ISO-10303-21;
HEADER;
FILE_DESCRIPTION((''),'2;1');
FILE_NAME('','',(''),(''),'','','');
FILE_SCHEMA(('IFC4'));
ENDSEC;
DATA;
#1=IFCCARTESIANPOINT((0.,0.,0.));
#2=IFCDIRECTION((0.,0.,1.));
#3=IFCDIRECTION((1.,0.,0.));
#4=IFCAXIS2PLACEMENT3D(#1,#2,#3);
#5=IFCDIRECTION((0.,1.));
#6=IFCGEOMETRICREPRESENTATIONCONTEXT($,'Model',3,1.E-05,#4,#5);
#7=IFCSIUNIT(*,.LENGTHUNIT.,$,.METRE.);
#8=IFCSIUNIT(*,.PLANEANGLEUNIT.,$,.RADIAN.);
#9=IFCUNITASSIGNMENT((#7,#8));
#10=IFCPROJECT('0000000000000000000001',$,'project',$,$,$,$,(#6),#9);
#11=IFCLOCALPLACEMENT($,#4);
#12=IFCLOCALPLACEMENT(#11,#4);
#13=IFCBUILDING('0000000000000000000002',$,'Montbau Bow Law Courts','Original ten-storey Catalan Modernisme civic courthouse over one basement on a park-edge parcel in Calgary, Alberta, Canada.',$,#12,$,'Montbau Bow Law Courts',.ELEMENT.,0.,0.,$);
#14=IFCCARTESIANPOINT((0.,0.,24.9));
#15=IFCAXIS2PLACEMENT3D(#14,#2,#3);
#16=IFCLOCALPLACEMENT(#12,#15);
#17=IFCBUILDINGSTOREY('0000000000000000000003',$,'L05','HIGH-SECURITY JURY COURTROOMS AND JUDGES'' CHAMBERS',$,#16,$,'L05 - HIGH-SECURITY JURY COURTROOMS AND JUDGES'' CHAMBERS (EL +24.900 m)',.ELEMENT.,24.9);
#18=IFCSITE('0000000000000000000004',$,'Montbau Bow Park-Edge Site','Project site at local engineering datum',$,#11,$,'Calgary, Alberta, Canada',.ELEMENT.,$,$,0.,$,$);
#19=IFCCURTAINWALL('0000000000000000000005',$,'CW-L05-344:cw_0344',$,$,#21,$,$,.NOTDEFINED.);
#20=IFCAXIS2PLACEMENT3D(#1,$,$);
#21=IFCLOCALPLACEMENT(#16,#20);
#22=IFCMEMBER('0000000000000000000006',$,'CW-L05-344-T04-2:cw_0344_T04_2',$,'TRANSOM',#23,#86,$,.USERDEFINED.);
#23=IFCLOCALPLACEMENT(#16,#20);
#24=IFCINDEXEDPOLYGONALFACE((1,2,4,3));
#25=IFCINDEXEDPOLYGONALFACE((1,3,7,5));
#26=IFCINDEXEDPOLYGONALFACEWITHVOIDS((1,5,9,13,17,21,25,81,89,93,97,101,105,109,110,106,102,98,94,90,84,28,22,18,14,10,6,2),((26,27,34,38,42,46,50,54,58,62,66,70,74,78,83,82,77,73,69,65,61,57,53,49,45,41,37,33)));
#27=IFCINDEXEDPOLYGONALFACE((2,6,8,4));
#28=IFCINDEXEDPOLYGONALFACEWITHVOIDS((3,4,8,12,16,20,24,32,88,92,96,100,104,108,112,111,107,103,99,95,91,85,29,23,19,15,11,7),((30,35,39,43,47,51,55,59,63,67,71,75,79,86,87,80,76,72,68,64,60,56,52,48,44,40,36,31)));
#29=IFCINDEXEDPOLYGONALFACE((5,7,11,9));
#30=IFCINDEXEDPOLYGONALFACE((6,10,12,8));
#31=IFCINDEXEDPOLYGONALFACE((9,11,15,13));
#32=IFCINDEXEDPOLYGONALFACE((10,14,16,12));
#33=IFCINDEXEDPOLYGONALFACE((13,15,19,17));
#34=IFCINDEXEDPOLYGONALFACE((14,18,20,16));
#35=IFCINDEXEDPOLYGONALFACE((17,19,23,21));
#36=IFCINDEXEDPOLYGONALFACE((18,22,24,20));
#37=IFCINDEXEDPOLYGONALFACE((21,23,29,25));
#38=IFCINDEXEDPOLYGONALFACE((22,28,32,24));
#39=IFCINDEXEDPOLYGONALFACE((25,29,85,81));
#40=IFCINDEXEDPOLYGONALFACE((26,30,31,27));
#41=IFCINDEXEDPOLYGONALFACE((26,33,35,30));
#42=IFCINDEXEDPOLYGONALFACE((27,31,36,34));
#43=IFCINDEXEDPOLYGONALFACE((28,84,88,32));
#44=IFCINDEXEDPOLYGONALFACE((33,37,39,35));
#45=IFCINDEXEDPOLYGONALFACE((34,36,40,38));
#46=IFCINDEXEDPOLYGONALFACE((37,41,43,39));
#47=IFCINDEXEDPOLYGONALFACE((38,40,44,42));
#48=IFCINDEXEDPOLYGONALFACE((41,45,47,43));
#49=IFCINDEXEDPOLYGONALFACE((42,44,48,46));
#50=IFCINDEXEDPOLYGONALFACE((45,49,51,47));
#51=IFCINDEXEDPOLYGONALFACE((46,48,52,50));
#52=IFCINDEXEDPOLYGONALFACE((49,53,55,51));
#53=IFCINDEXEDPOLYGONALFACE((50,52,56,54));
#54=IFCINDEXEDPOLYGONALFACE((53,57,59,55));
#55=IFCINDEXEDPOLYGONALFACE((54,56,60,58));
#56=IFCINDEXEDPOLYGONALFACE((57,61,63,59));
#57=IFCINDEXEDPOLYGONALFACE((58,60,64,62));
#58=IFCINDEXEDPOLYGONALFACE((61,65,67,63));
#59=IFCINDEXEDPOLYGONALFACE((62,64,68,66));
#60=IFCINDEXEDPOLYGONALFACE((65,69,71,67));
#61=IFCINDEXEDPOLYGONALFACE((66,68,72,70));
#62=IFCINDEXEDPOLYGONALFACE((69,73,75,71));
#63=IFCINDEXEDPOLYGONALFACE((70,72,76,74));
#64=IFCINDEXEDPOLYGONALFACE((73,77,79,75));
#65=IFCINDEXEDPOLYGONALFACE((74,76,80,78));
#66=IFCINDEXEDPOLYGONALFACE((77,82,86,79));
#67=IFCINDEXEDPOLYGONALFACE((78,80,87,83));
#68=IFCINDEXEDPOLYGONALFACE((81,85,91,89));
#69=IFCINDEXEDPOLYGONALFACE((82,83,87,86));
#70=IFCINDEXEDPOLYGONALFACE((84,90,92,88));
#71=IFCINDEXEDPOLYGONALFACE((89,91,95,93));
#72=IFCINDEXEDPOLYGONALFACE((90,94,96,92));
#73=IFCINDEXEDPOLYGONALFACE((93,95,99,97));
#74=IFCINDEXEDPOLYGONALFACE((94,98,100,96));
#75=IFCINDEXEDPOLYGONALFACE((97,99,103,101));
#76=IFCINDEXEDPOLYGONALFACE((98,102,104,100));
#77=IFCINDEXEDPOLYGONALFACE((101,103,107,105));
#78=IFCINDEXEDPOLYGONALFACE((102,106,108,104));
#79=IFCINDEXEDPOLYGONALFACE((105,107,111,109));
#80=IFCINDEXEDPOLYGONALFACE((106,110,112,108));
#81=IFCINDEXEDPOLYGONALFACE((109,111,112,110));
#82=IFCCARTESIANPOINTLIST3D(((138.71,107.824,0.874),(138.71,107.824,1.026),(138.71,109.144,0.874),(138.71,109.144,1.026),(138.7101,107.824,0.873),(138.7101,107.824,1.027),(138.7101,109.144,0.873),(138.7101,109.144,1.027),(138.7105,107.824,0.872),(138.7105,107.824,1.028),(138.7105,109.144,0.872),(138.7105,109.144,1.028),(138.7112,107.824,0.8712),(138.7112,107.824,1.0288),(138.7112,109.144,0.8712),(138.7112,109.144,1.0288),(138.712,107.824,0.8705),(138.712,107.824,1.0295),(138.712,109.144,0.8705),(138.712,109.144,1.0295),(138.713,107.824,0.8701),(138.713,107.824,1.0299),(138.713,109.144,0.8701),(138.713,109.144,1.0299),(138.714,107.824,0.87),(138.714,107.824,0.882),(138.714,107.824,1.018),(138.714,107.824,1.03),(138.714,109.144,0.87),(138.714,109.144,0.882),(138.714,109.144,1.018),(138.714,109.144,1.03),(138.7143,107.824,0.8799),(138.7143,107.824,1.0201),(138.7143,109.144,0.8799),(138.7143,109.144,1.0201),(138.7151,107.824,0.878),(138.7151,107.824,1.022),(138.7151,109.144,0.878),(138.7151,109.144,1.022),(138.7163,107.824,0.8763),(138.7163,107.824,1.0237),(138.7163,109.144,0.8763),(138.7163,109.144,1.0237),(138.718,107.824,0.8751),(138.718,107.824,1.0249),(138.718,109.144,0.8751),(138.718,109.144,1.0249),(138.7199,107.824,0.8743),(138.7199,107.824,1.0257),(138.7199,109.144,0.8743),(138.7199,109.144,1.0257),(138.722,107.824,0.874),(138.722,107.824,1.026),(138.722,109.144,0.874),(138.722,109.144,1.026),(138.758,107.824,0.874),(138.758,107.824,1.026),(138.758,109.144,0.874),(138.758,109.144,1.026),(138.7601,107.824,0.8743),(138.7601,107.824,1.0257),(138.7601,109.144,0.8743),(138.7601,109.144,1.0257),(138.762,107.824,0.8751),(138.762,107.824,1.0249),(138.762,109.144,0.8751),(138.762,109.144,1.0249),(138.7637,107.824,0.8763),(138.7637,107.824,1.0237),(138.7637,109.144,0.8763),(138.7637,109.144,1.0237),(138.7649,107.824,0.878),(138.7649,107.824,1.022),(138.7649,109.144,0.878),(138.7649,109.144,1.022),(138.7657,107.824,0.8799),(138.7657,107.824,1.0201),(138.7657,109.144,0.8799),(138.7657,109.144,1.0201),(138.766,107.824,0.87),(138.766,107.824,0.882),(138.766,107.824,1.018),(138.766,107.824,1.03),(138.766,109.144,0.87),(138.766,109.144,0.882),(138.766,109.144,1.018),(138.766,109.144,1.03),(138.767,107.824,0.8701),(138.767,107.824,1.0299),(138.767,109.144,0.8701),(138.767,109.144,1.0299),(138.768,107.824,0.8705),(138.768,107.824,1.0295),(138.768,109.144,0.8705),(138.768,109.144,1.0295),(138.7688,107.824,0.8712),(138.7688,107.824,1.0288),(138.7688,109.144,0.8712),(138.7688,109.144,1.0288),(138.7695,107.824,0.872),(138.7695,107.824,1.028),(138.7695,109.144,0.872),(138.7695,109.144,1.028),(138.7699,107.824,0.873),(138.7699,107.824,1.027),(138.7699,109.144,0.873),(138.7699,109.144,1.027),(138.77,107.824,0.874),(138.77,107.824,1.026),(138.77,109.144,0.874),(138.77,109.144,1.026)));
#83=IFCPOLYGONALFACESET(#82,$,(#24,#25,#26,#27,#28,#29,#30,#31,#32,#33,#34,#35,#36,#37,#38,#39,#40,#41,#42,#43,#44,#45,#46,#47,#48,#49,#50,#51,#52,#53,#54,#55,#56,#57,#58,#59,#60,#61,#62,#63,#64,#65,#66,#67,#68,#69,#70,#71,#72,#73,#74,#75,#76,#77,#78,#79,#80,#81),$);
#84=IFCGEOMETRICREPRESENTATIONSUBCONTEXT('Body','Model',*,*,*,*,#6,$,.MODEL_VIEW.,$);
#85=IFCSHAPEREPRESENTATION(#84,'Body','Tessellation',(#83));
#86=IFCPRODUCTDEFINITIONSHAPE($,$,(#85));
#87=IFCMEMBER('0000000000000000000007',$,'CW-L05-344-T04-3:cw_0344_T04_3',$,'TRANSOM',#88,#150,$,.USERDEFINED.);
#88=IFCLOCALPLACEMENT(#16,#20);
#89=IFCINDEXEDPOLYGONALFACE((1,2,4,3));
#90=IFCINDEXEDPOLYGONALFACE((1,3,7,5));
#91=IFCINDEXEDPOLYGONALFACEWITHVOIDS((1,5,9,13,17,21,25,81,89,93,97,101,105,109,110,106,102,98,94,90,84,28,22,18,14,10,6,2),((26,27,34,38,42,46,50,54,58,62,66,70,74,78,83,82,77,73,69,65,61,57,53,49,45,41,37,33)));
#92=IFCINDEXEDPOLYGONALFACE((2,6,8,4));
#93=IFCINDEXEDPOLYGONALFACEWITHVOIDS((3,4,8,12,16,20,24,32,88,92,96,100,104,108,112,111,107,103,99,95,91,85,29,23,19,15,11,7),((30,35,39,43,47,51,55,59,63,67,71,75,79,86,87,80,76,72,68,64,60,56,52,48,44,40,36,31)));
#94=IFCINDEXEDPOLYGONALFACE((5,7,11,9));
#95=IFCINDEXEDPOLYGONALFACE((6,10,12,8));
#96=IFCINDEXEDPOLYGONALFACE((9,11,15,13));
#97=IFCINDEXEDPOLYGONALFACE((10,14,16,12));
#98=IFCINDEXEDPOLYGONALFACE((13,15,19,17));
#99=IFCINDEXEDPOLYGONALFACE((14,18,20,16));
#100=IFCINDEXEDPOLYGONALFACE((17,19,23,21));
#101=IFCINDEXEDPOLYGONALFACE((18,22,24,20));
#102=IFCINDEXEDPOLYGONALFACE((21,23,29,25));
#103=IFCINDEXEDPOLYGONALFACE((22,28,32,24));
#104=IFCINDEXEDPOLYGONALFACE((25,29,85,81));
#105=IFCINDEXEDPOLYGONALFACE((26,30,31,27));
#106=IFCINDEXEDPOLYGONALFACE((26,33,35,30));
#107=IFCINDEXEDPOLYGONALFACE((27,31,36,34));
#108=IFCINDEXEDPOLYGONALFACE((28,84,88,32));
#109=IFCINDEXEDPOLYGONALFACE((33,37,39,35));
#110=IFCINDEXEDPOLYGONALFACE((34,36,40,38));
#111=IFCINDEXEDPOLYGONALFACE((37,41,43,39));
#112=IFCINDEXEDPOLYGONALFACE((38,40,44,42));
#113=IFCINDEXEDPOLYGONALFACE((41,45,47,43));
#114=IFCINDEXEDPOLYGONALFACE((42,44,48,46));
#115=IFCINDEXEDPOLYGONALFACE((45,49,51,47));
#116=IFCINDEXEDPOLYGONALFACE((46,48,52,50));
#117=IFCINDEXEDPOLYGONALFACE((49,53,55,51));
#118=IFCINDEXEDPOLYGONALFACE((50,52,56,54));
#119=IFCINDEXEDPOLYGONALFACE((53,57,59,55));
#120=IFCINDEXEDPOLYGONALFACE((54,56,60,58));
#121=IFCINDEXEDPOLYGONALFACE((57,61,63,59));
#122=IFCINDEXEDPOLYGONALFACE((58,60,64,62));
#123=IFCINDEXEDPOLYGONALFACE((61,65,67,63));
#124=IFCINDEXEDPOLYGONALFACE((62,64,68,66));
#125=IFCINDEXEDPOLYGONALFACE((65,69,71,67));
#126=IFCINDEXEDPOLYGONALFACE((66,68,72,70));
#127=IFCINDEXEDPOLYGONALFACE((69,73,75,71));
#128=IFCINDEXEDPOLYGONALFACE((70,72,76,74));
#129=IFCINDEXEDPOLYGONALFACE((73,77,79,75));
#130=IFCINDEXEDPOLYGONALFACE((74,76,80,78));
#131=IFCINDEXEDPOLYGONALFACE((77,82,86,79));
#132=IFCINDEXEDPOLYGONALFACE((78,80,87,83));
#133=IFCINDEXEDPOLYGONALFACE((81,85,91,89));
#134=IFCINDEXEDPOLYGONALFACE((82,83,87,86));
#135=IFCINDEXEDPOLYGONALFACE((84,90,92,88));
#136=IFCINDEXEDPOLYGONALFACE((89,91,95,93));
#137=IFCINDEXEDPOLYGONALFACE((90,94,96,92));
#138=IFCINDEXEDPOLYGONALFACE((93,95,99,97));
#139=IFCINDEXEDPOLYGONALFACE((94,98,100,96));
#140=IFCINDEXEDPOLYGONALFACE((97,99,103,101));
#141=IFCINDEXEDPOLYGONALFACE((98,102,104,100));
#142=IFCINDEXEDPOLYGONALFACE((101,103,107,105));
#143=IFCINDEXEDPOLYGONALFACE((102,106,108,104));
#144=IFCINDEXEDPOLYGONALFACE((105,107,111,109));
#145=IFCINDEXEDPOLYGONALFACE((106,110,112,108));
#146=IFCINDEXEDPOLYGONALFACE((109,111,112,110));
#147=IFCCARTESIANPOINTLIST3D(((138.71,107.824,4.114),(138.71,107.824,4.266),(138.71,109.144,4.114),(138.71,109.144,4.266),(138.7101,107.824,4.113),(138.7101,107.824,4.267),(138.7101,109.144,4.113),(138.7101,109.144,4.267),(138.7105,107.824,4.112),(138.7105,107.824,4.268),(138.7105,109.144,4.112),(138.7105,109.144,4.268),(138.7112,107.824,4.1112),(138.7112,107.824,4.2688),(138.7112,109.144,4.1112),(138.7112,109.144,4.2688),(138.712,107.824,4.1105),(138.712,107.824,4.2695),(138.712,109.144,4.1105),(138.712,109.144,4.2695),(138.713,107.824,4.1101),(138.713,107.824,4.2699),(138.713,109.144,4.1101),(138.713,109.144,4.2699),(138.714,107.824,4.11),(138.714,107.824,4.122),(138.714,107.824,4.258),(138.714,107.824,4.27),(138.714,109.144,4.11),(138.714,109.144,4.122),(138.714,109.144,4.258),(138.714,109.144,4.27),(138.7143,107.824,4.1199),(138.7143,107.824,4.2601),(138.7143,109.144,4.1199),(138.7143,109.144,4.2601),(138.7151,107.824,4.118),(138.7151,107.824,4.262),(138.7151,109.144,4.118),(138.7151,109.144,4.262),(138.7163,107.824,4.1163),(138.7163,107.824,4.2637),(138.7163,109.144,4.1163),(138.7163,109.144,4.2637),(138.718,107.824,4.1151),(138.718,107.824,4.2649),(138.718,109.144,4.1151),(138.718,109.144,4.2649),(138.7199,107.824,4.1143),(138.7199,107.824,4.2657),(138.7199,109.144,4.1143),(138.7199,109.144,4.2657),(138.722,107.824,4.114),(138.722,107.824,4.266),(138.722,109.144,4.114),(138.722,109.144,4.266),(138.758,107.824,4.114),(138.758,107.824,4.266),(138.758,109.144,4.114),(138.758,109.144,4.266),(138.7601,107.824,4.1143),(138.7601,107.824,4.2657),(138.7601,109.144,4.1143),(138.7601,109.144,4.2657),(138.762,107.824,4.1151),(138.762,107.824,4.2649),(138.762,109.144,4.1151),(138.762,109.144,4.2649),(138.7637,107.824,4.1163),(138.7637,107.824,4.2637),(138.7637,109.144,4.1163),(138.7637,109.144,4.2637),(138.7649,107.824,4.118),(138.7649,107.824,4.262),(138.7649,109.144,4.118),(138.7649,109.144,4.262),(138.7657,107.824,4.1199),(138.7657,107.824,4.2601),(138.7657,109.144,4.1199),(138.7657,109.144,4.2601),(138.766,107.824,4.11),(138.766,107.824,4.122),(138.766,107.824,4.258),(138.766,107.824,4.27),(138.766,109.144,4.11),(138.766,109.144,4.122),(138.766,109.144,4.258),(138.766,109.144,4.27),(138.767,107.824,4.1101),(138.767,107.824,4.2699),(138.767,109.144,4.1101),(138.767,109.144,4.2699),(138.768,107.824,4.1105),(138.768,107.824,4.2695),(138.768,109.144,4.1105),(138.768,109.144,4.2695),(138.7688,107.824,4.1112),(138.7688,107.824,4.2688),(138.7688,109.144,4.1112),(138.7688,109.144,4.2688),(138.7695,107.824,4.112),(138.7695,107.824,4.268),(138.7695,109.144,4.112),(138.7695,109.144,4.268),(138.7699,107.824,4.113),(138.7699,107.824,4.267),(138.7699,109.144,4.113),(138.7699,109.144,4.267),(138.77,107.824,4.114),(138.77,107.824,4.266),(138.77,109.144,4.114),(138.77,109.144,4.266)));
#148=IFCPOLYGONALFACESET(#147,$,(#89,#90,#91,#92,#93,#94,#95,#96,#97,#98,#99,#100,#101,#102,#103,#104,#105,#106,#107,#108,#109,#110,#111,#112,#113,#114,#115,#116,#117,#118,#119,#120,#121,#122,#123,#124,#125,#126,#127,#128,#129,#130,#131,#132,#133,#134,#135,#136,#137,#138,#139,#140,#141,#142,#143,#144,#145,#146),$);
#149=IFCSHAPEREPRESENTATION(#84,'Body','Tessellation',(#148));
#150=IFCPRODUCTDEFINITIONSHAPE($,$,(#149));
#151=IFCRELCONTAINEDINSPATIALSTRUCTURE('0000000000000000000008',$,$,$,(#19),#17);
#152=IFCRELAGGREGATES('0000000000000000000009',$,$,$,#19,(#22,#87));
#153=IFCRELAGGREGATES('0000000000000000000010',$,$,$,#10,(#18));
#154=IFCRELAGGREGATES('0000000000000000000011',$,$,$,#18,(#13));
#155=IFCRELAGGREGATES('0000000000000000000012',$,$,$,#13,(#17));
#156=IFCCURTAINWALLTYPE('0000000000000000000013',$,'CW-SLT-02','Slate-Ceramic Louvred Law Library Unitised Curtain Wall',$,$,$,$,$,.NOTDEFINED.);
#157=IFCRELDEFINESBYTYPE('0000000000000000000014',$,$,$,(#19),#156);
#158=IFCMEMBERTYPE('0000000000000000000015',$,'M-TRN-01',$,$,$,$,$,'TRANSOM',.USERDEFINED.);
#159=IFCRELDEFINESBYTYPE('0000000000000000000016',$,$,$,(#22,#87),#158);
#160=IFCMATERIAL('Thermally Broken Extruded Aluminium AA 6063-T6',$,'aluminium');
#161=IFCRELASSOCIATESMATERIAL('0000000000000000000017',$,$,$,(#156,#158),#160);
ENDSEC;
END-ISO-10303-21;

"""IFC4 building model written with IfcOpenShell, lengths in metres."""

from ifc_helpers import new_model, si_unit, direction, frame, origin_with_axes, origin_2d_with_axis, place, context, subcontext, project, spatial, hollow_rectangle, extrude, material, material_profile, profile_set, type_object, element, aggregate, save


model = new_model("IFC4")

# Units and contexts
model_context = context("Model", 3, precision=1e-05, world=origin_with_axes(), true_north=direction((0.0, 1.0)))
body_context = subcontext(model_context, "Body", "Model", "MODEL_VIEW")
ifc_project = project(units=[si_unit("LENGTHUNIT", "METRE"), si_unit("PLANEANGLEUNIT", "RADIAN")], contexts=[model_context])

# Site, building, storey
site_placement = place(None, origin_with_axes())
site = spatial("IfcSite", under=ifc_project, at=site_placement, Name="Montbau Bow Park-Edge Site", Description="Project site at local engineering datum", LongName="Calgary, Alberta, Canada", CompositionType="ELEMENT", RefElevation=0.0)
building_placement = place(site_placement, origin_with_axes())
building = spatial("IfcBuilding", under=site, at=building_placement, Name="Montbau Bow Law Courts", Description="Original ten-storey Catalan Modernisme civic courthouse over one basement on a park-edge parcel in Calgary, Alberta, Canada.", LongName="Montbau Bow Law Courts", CompositionType="ELEMENT", ElevationOfRefHeight=0.0, ElevationOfTerrain=0.0)
storey_placement = place(building_placement, frame((0.0, 0.0, 24.9), z_axis=(0.0, 0.0, 1.0), x_axis=(1.0, 0.0, 0.0)))
storey = spatial("IfcBuildingStorey", under=building, at=storey_placement, Name="L05", Description="HIGH-SECURITY JURY COURTROOMS AND JUDGES' CHAMBERS", LongName="L05 - HIGH-SECURITY JURY COURTROOMS AND JUDGES' CHAMBERS (EL +24.900 m)", CompositionType="ELEMENT", Elevation=24.9)

# Curtain wall, members
ifc_material_1 = material(Name="Thermally Broken Extruded Aluminium AA 6063-T6", Category="aluminium")
curtain_wall_type = type_object("IfcCurtainWallType", Name="CW-SLT-02", Description="Slate-Ceramic Louvred Law Library Unitised Curtain Wall", PredefinedType="NOTDEFINED", material=ifc_material_1)
curtain_wall_1_placement = place(None, frame((138.74, 103.64, 24.9), z_axis=(0.0, 0.0, 1.0), x_axis=(1.0, 0.0, 0.0)))
curtain_wall_1 = element("IfcCurtainWall", 1, at=curtain_wall_1_placement, inside=storey, type_object=curtain_wall_type, Name="CW-L05-344:cw_0344", PredefinedType="NOTDEFINED")
ifc_material_profile_1 = material_profile(ifc_material_1, hollow_rectangle(XDim=0.06, YDim=0.16, WallThickness=0.004, InnerFilletRadius=0.008, OuterFilletRadius=0.004, at=origin_2d_with_axis()), Name="CWT-160X60", Category="Main", Priority=0)
ifc_profile_set_1 = profile_set([ifc_material_profile_1], Name="Thermally Broken Extruded Aluminium AA 6063-T6")
member_type_1 = type_object("IfcMemberType", Name="M-TRN-01", ElementType="TRANSOM", PredefinedType="USERDEFINED", material=ifc_profile_set_1)
member_1_placement = place(None, frame((138.74, 107.824, 25.85), z_axis=(0.0, 1.0, 0.0), x_axis=(-1.0, 0.0, 0.0)))
member_1 = element("IfcMember", 2, at=member_1_placement, type_object=member_type_1, Name="CW-L05-344-T04-2:cw_0344_T04_2", ObjectType="TRANSOM", PredefinedType="USERDEFINED", context=body_context, shape_type="SweptSolid", body=[
    extrude(hollow_rectangle(XDim=0.06, YDim=0.16, WallThickness=0.004, InnerFilletRadius=0.008, OuterFilletRadius=0.004, at=origin_2d_with_axis()), origin_with_axes(), (0.0, 0.0, 1.0), 1.32),
])
member_2_placement = place(None, frame((138.74, 107.824, 29.09), z_axis=(0.0, 1.0, 0.0), x_axis=(-1.0, 0.0, 0.0)))
member_2 = element("IfcMember", 3, at=member_2_placement, type_object=member_type_1, Name="CW-L05-344-T04-3:cw_0344_T04_3", ObjectType="TRANSOM", PredefinedType="USERDEFINED", context=body_context, shape_type="SweptSolid", body=[
    extrude(hollow_rectangle(XDim=0.06, YDim=0.16, WallThickness=0.004, InnerFilletRadius=0.008, OuterFilletRadius=0.004, at=origin_2d_with_axis()), origin_with_axes(), (0.0, 0.0, 1.0), 1.32),
])

aggregate(curtain_wall_1, [member_1, member_2])

save(model, "model.ifc")
